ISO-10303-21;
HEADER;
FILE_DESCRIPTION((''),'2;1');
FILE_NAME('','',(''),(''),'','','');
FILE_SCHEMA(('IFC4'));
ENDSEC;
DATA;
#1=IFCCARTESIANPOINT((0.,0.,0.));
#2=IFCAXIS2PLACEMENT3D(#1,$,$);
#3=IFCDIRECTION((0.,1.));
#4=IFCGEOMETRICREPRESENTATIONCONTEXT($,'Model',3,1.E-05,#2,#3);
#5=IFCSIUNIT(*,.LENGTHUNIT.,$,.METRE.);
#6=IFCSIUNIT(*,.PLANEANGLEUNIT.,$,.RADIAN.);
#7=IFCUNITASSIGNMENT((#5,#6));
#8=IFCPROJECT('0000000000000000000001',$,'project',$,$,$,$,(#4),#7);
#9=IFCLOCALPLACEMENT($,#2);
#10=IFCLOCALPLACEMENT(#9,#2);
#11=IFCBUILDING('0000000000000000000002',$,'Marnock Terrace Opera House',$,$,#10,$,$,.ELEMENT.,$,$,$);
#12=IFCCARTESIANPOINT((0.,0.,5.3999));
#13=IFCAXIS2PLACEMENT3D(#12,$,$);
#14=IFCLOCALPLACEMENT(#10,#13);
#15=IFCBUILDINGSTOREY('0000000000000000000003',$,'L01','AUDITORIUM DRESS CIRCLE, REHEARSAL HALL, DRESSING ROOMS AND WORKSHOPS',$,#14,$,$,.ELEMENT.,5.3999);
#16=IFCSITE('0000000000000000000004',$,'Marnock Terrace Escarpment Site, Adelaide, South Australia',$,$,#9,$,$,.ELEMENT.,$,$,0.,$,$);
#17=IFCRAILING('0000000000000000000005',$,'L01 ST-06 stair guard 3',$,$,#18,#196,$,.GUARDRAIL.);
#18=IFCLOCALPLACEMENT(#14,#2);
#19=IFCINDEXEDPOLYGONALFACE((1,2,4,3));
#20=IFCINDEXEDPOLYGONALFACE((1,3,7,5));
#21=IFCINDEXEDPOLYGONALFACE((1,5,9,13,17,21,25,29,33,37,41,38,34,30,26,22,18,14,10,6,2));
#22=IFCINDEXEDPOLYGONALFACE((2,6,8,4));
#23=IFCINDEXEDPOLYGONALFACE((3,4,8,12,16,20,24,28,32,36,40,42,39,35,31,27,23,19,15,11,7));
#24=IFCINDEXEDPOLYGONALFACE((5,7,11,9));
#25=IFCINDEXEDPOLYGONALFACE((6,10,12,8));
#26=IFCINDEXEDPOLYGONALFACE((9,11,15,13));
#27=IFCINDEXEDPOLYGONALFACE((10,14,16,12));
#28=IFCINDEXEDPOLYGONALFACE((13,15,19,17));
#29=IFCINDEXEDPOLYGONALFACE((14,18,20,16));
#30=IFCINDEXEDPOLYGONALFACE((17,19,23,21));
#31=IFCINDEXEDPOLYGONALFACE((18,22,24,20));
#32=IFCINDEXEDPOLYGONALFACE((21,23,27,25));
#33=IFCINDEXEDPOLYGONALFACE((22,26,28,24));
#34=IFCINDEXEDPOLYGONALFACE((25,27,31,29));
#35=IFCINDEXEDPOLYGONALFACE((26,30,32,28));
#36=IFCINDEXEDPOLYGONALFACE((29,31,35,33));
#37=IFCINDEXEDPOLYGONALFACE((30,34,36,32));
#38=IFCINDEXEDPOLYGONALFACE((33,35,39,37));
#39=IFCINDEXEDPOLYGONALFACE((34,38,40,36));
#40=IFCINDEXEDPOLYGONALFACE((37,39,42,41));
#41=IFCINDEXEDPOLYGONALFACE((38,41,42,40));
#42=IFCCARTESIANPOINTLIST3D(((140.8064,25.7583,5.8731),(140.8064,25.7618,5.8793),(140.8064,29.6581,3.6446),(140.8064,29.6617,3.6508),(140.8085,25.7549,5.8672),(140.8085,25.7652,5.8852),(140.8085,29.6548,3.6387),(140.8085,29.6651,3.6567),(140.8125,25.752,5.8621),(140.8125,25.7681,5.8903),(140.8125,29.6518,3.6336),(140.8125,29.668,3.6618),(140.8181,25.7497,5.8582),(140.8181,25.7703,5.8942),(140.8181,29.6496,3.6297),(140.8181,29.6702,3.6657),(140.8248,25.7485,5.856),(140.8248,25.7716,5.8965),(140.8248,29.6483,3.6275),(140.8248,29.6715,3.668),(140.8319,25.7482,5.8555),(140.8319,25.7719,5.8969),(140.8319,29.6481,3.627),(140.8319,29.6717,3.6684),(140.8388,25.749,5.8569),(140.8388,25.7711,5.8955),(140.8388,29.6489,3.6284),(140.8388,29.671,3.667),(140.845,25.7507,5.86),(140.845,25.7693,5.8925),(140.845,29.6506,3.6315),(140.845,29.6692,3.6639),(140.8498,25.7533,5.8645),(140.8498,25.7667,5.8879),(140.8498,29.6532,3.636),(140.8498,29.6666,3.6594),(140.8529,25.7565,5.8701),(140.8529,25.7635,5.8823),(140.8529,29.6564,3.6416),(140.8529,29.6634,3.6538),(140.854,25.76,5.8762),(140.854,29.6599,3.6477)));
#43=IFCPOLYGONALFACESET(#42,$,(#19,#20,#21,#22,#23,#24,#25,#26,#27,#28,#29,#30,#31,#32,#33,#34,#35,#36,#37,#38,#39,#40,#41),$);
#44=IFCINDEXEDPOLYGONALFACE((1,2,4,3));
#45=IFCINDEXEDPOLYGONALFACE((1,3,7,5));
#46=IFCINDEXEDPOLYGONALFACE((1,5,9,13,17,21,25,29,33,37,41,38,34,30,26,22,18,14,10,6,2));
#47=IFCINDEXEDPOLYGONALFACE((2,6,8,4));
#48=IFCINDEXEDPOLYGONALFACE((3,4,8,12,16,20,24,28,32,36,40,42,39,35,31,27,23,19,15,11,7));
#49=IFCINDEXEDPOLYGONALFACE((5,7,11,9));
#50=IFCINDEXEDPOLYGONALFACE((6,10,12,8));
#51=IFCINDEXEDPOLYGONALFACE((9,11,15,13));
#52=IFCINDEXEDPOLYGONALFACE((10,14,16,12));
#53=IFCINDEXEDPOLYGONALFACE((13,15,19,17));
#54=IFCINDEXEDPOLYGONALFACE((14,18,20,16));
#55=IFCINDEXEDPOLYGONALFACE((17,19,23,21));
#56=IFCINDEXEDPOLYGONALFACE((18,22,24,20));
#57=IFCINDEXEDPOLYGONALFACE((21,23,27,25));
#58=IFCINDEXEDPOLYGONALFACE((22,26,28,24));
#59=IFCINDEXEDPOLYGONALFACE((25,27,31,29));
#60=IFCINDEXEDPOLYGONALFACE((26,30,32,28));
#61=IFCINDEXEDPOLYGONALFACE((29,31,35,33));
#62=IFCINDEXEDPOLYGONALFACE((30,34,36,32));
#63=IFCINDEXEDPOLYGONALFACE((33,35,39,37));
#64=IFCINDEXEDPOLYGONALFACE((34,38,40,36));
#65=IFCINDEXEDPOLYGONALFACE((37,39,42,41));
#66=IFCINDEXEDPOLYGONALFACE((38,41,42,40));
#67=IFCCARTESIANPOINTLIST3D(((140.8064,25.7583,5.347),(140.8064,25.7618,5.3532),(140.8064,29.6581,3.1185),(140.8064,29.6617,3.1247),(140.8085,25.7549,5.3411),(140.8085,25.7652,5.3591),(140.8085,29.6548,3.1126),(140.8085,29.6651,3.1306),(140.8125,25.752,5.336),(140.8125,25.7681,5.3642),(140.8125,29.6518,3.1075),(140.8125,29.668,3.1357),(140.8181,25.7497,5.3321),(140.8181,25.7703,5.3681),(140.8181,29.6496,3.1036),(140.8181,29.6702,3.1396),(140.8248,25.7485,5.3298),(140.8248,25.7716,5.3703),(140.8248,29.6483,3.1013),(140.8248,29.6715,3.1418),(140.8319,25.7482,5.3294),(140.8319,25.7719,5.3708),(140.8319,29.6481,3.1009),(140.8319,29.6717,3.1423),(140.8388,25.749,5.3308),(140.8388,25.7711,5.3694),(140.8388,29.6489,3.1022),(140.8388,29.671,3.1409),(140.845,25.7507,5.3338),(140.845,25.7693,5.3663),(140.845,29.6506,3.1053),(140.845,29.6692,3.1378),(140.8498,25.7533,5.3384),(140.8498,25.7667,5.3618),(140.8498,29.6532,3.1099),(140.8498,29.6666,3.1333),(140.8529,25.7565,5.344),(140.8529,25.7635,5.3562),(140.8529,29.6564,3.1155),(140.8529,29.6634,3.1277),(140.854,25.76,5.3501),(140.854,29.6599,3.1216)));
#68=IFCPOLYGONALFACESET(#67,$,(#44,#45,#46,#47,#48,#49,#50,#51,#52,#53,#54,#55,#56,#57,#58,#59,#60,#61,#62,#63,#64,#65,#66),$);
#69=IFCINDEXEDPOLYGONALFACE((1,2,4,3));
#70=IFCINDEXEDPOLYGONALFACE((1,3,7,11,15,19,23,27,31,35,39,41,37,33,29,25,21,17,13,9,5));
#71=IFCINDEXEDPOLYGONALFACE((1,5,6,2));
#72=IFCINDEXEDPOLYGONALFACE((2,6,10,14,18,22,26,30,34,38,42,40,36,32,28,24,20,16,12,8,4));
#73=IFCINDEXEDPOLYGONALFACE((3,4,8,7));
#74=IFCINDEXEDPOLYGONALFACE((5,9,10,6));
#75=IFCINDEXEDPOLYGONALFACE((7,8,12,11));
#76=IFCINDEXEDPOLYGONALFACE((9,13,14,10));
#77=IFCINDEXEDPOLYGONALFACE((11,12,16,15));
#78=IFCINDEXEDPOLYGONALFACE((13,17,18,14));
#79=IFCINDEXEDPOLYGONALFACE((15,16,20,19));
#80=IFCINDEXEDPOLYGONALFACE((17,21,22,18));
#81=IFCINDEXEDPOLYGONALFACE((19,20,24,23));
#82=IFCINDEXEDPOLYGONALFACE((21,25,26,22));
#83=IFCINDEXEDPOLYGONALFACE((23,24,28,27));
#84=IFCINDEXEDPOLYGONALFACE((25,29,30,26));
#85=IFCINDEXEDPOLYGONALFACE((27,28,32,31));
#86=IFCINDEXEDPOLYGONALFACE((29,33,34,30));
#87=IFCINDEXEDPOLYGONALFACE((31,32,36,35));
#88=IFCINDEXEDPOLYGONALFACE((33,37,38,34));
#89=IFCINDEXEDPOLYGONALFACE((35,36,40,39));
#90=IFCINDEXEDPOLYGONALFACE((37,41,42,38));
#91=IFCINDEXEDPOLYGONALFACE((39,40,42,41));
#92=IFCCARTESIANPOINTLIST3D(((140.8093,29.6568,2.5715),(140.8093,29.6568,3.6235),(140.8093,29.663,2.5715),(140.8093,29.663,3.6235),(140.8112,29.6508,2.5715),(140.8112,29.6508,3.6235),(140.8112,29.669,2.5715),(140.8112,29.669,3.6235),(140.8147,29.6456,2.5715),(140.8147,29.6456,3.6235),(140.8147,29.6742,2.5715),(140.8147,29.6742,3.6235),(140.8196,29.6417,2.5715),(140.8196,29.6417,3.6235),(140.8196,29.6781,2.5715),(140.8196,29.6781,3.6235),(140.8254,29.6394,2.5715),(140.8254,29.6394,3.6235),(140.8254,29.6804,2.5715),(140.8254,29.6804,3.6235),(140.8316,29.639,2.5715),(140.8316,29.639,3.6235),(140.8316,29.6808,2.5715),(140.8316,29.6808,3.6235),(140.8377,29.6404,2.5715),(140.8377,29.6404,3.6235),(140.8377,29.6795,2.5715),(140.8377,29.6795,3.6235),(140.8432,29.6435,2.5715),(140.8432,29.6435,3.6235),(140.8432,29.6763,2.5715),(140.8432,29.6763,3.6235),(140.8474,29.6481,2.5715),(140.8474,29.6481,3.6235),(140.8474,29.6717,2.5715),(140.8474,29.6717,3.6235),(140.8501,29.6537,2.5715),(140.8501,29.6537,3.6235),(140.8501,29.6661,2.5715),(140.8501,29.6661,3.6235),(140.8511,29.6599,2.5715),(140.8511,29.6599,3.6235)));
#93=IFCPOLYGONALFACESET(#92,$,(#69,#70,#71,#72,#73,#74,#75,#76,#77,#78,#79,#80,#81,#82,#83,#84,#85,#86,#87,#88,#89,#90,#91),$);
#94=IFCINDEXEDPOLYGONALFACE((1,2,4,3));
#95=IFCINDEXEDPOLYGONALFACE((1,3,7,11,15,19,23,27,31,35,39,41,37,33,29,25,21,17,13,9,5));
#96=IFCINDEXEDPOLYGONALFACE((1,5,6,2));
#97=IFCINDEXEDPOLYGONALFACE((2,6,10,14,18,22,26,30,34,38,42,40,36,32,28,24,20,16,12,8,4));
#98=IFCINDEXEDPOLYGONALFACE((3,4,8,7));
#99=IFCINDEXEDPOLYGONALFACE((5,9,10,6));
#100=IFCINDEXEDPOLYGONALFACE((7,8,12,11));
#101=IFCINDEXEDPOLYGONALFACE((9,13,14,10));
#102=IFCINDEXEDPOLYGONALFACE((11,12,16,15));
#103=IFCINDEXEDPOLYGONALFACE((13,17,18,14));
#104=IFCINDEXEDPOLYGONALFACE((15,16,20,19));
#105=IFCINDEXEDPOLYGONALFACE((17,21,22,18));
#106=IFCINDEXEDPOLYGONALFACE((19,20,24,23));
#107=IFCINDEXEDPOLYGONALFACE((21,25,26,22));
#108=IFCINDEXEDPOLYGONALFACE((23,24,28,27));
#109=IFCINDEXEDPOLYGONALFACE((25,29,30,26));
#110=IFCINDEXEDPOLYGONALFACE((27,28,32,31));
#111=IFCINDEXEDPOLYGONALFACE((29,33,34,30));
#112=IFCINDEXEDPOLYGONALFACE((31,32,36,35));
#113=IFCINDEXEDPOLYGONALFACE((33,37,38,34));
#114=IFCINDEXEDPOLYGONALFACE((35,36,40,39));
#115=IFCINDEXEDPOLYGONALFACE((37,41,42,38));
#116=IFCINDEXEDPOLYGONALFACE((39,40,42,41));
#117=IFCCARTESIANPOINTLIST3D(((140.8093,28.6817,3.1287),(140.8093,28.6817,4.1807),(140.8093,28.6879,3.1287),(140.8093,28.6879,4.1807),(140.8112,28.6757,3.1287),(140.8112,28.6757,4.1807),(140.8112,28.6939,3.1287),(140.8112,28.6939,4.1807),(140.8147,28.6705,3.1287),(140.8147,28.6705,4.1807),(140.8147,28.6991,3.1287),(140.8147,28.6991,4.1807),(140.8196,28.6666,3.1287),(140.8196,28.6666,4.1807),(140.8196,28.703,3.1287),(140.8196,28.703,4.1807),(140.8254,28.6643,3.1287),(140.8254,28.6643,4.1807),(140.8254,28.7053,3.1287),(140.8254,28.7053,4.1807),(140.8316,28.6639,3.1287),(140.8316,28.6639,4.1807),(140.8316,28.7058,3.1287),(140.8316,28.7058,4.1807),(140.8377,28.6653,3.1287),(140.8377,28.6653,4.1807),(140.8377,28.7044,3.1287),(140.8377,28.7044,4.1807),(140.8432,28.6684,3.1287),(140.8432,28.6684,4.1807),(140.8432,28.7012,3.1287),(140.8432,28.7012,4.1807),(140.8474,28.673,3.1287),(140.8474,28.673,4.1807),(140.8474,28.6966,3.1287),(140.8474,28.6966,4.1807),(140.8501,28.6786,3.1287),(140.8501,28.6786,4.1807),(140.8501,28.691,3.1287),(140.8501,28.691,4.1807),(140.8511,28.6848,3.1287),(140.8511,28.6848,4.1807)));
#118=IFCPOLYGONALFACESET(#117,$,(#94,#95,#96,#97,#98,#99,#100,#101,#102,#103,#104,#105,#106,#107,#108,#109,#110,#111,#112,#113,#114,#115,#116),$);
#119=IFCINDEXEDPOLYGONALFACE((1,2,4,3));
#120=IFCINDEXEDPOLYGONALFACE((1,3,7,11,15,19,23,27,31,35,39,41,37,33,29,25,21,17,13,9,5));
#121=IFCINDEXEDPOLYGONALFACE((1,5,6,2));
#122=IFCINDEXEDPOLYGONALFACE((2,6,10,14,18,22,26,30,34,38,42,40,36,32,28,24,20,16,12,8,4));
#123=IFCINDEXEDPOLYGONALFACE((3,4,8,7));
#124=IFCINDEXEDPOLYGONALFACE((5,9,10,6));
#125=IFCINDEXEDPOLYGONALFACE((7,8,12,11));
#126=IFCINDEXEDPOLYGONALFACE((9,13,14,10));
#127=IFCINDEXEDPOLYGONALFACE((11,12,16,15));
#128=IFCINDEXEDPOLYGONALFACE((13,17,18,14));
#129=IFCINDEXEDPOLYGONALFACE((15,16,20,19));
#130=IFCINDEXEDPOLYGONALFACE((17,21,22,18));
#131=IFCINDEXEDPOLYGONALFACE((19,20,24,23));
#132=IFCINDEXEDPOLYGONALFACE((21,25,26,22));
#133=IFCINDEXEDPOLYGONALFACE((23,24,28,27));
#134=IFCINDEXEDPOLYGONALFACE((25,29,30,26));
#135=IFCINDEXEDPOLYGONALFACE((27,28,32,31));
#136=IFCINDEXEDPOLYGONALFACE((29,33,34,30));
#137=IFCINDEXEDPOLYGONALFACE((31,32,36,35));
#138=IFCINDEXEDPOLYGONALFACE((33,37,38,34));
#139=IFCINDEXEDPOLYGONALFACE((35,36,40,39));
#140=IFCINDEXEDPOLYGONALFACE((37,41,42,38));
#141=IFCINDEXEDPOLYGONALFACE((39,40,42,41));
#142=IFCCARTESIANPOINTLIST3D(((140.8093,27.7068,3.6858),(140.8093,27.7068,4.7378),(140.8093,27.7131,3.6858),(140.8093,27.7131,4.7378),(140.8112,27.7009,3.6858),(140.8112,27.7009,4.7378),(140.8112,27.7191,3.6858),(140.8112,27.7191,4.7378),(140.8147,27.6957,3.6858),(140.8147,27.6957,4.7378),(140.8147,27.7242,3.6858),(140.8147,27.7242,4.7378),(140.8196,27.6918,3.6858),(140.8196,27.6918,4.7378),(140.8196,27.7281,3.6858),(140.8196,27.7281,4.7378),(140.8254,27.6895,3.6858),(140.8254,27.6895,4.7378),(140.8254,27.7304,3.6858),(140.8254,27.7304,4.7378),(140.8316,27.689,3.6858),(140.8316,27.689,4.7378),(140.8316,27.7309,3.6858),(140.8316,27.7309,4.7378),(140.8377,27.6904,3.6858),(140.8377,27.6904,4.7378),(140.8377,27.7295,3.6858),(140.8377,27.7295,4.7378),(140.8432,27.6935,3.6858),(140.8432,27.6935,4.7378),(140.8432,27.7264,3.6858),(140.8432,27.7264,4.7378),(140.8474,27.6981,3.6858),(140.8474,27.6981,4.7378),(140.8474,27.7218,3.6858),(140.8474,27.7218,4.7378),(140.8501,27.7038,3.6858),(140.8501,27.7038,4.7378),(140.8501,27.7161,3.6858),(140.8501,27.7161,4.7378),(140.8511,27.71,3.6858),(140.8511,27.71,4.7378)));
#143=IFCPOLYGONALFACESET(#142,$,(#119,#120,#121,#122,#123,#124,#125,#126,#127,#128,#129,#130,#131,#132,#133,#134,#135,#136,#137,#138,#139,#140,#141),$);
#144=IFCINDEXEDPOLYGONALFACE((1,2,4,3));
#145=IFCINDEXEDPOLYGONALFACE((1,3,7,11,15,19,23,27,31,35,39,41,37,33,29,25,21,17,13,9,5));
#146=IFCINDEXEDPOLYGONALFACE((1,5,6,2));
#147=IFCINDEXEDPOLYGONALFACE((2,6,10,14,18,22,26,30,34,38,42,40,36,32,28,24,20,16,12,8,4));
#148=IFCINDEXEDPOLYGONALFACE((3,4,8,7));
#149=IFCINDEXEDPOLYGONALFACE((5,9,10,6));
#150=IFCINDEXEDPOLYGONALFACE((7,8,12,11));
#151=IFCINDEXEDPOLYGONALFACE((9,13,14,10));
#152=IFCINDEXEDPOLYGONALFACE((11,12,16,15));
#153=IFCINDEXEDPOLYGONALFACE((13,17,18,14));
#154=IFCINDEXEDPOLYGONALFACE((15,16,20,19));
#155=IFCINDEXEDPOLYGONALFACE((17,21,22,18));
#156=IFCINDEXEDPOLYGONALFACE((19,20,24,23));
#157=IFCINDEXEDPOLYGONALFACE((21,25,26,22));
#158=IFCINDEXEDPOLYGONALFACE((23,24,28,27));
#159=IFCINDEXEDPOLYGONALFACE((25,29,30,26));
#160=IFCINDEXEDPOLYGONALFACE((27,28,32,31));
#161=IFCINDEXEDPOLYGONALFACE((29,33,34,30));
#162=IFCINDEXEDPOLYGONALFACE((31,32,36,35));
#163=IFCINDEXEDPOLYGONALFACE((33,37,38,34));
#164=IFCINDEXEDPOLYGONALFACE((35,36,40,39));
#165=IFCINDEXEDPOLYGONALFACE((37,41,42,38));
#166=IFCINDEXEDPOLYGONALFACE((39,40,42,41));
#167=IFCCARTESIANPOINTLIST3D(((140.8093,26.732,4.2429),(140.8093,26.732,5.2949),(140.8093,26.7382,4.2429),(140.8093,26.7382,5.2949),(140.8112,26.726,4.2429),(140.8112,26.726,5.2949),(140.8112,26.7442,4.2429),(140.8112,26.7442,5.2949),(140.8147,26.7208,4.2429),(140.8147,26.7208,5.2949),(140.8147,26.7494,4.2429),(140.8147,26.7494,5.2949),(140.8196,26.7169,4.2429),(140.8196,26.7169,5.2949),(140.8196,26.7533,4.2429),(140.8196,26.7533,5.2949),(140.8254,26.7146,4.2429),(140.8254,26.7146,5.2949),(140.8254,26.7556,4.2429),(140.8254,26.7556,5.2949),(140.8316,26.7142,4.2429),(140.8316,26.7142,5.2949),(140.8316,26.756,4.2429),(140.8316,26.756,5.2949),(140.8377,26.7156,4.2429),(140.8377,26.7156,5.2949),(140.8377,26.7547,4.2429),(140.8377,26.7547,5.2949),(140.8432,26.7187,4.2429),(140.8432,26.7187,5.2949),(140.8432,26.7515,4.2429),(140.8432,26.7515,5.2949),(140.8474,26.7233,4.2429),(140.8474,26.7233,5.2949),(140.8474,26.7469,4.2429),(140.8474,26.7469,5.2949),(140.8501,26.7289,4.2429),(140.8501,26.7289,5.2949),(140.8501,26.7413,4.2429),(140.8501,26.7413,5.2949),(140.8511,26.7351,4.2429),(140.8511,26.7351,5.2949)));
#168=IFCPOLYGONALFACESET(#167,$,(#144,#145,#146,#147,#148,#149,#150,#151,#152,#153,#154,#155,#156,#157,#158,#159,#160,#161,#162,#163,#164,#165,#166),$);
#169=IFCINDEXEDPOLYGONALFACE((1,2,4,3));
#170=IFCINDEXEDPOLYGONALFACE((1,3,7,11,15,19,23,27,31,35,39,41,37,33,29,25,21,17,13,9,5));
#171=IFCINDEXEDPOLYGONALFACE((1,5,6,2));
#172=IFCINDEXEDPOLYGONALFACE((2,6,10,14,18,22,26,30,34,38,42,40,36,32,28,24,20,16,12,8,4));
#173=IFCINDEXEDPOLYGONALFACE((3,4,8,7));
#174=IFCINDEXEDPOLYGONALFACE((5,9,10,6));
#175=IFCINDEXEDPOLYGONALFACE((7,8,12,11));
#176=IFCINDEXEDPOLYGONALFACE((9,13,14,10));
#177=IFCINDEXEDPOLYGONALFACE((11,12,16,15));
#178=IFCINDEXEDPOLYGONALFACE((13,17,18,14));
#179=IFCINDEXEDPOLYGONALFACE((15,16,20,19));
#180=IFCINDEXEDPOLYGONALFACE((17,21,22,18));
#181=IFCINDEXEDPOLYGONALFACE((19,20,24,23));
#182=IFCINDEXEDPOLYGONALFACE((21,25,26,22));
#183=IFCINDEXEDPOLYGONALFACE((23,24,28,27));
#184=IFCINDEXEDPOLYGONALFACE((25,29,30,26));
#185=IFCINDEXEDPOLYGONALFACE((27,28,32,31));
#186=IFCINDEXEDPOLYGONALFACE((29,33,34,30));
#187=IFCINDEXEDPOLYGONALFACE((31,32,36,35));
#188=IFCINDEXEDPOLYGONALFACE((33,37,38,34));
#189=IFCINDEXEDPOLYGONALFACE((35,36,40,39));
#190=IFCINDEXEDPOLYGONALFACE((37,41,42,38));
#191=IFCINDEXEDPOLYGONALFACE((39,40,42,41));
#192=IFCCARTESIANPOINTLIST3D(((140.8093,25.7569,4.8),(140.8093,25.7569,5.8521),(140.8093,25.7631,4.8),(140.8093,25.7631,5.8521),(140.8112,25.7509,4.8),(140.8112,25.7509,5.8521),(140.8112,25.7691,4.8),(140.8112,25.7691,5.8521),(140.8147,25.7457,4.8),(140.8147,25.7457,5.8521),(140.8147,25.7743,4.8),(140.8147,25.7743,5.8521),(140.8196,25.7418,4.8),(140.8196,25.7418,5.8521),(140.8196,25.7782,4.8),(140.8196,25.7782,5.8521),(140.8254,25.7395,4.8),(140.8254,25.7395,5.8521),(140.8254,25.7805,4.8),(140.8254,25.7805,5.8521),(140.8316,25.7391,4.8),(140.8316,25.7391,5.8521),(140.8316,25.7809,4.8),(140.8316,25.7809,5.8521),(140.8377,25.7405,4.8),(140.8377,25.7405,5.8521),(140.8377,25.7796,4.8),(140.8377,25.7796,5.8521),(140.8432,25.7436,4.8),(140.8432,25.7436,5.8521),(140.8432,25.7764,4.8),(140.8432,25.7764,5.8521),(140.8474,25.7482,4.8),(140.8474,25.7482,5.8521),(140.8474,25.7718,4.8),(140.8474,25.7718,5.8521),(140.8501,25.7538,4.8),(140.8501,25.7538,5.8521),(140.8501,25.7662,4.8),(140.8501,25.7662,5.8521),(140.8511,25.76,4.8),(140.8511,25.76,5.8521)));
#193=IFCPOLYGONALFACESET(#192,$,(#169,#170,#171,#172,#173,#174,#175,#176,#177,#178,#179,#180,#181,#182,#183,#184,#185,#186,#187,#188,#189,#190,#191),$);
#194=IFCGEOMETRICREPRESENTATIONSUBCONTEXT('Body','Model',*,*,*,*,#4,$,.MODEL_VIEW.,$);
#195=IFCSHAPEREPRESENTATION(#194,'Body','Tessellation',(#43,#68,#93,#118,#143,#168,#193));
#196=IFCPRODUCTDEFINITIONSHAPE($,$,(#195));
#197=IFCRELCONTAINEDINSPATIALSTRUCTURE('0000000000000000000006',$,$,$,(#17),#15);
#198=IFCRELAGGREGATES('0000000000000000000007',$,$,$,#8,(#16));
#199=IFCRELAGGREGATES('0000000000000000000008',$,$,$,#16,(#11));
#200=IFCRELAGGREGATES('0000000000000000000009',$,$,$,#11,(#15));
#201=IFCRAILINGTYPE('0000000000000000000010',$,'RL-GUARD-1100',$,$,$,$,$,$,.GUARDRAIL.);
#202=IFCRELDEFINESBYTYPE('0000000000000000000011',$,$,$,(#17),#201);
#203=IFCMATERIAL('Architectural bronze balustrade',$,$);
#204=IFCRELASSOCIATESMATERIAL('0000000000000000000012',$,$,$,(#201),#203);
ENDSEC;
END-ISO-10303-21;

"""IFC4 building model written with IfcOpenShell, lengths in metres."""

from ifc_helpers import new_model, si_unit, direction, frame, origin, origin_2d, place, context, subcontext, project, spatial, circle, extrude, material, type_object, element, save


model = new_model("IFC4")

# Units and contexts
model_context = context("Model", 3, precision=1e-05, world=origin(), true_north=direction((0.0, 1.0)))
body_context = subcontext(model_context, "Body", "Model", "MODEL_VIEW")
ifc_project = project(units=[si_unit("LENGTHUNIT", "METRE"), si_unit("PLANEANGLEUNIT", "RADIAN")], contexts=[model_context])

# Site, building, storey
site_placement = place(None, origin())
site = spatial("IfcSite", under=ifc_project, at=site_placement, Name="Marnock Terrace Escarpment Site, Adelaide, South Australia", CompositionType="ELEMENT", RefElevation=0.0)
building_placement = place(site_placement, origin())
building = spatial("IfcBuilding", under=site, at=building_placement, Name="Marnock Terrace Opera House", CompositionType="ELEMENT")
storey_placement = place(building_placement, frame((0.0, 0.0, 5.3999)))
storey = spatial("IfcBuildingStorey", under=building, at=storey_placement, Name="L01", Description="AUDITORIUM DRESS CIRCLE, REHEARSAL HALL, DRESSING ROOMS AND WORKSHOPS", CompositionType="ELEMENT", Elevation=5.3999)

# Railing
ifc_material_1 = material(Name="Architectural bronze balustrade")
railing_type_1 = type_object("IfcRailingType", Name="RL-GUARD-1100", PredefinedType="GUARDRAIL", material=ifc_material_1)
railing_1_placement = place(storey_placement, frame((140.8301, 29.6599, 2.5715)))
element("IfcRailing", 1, at=railing_1_placement, inside=storey, type_object=railing_type_1, Name="L01 ST-06 stair guard 3", PredefinedType="GUARDRAIL", context=body_context, shape_type="SweptSolid", body=[
    extrude(circle(Radius=0.0239, at=origin_2d()), frame((0.0, 0.0, 1.0762), z_axis=(0.0, -0.868243, 0.496139), x_axis=(1.0, 0.0, 0.0)), (0.0, 0.0, 1.0), 4.4917),
    extrude(circle(Radius=0.0239, at=origin_2d()), frame((0.0, 0.0, 0.55), z_axis=(0.0, -0.868243, 0.496139), x_axis=(1.0, 0.0, 0.0)), (0.0, 0.0, 1.0), 4.4917),
    extrude(circle(Radius=0.021, at=origin_2d()), origin(), (0.0, 0.0, 1.0), 1.052),
    extrude(circle(Radius=0.021, at=origin_2d()), frame((0.0, -0.9751, 0.5571)), (0.0, 0.0, 1.0), 1.052),
    extrude(circle(Radius=0.021, at=origin_2d()), frame((0.0, -1.95, 1.1143)), (0.0, 0.0, 1.0), 1.052),
    extrude(circle(Radius=0.021, at=origin_2d()), frame((0.0, -2.9248, 1.6714)), (0.0, 0.0, 1.0), 1.052),
    extrude(circle(Radius=0.021, at=origin_2d()), frame((0.0, -3.8999, 2.2285)), (0.0, 0.0, 1.0), 1.052),
])

save(model, "model.ifc")
